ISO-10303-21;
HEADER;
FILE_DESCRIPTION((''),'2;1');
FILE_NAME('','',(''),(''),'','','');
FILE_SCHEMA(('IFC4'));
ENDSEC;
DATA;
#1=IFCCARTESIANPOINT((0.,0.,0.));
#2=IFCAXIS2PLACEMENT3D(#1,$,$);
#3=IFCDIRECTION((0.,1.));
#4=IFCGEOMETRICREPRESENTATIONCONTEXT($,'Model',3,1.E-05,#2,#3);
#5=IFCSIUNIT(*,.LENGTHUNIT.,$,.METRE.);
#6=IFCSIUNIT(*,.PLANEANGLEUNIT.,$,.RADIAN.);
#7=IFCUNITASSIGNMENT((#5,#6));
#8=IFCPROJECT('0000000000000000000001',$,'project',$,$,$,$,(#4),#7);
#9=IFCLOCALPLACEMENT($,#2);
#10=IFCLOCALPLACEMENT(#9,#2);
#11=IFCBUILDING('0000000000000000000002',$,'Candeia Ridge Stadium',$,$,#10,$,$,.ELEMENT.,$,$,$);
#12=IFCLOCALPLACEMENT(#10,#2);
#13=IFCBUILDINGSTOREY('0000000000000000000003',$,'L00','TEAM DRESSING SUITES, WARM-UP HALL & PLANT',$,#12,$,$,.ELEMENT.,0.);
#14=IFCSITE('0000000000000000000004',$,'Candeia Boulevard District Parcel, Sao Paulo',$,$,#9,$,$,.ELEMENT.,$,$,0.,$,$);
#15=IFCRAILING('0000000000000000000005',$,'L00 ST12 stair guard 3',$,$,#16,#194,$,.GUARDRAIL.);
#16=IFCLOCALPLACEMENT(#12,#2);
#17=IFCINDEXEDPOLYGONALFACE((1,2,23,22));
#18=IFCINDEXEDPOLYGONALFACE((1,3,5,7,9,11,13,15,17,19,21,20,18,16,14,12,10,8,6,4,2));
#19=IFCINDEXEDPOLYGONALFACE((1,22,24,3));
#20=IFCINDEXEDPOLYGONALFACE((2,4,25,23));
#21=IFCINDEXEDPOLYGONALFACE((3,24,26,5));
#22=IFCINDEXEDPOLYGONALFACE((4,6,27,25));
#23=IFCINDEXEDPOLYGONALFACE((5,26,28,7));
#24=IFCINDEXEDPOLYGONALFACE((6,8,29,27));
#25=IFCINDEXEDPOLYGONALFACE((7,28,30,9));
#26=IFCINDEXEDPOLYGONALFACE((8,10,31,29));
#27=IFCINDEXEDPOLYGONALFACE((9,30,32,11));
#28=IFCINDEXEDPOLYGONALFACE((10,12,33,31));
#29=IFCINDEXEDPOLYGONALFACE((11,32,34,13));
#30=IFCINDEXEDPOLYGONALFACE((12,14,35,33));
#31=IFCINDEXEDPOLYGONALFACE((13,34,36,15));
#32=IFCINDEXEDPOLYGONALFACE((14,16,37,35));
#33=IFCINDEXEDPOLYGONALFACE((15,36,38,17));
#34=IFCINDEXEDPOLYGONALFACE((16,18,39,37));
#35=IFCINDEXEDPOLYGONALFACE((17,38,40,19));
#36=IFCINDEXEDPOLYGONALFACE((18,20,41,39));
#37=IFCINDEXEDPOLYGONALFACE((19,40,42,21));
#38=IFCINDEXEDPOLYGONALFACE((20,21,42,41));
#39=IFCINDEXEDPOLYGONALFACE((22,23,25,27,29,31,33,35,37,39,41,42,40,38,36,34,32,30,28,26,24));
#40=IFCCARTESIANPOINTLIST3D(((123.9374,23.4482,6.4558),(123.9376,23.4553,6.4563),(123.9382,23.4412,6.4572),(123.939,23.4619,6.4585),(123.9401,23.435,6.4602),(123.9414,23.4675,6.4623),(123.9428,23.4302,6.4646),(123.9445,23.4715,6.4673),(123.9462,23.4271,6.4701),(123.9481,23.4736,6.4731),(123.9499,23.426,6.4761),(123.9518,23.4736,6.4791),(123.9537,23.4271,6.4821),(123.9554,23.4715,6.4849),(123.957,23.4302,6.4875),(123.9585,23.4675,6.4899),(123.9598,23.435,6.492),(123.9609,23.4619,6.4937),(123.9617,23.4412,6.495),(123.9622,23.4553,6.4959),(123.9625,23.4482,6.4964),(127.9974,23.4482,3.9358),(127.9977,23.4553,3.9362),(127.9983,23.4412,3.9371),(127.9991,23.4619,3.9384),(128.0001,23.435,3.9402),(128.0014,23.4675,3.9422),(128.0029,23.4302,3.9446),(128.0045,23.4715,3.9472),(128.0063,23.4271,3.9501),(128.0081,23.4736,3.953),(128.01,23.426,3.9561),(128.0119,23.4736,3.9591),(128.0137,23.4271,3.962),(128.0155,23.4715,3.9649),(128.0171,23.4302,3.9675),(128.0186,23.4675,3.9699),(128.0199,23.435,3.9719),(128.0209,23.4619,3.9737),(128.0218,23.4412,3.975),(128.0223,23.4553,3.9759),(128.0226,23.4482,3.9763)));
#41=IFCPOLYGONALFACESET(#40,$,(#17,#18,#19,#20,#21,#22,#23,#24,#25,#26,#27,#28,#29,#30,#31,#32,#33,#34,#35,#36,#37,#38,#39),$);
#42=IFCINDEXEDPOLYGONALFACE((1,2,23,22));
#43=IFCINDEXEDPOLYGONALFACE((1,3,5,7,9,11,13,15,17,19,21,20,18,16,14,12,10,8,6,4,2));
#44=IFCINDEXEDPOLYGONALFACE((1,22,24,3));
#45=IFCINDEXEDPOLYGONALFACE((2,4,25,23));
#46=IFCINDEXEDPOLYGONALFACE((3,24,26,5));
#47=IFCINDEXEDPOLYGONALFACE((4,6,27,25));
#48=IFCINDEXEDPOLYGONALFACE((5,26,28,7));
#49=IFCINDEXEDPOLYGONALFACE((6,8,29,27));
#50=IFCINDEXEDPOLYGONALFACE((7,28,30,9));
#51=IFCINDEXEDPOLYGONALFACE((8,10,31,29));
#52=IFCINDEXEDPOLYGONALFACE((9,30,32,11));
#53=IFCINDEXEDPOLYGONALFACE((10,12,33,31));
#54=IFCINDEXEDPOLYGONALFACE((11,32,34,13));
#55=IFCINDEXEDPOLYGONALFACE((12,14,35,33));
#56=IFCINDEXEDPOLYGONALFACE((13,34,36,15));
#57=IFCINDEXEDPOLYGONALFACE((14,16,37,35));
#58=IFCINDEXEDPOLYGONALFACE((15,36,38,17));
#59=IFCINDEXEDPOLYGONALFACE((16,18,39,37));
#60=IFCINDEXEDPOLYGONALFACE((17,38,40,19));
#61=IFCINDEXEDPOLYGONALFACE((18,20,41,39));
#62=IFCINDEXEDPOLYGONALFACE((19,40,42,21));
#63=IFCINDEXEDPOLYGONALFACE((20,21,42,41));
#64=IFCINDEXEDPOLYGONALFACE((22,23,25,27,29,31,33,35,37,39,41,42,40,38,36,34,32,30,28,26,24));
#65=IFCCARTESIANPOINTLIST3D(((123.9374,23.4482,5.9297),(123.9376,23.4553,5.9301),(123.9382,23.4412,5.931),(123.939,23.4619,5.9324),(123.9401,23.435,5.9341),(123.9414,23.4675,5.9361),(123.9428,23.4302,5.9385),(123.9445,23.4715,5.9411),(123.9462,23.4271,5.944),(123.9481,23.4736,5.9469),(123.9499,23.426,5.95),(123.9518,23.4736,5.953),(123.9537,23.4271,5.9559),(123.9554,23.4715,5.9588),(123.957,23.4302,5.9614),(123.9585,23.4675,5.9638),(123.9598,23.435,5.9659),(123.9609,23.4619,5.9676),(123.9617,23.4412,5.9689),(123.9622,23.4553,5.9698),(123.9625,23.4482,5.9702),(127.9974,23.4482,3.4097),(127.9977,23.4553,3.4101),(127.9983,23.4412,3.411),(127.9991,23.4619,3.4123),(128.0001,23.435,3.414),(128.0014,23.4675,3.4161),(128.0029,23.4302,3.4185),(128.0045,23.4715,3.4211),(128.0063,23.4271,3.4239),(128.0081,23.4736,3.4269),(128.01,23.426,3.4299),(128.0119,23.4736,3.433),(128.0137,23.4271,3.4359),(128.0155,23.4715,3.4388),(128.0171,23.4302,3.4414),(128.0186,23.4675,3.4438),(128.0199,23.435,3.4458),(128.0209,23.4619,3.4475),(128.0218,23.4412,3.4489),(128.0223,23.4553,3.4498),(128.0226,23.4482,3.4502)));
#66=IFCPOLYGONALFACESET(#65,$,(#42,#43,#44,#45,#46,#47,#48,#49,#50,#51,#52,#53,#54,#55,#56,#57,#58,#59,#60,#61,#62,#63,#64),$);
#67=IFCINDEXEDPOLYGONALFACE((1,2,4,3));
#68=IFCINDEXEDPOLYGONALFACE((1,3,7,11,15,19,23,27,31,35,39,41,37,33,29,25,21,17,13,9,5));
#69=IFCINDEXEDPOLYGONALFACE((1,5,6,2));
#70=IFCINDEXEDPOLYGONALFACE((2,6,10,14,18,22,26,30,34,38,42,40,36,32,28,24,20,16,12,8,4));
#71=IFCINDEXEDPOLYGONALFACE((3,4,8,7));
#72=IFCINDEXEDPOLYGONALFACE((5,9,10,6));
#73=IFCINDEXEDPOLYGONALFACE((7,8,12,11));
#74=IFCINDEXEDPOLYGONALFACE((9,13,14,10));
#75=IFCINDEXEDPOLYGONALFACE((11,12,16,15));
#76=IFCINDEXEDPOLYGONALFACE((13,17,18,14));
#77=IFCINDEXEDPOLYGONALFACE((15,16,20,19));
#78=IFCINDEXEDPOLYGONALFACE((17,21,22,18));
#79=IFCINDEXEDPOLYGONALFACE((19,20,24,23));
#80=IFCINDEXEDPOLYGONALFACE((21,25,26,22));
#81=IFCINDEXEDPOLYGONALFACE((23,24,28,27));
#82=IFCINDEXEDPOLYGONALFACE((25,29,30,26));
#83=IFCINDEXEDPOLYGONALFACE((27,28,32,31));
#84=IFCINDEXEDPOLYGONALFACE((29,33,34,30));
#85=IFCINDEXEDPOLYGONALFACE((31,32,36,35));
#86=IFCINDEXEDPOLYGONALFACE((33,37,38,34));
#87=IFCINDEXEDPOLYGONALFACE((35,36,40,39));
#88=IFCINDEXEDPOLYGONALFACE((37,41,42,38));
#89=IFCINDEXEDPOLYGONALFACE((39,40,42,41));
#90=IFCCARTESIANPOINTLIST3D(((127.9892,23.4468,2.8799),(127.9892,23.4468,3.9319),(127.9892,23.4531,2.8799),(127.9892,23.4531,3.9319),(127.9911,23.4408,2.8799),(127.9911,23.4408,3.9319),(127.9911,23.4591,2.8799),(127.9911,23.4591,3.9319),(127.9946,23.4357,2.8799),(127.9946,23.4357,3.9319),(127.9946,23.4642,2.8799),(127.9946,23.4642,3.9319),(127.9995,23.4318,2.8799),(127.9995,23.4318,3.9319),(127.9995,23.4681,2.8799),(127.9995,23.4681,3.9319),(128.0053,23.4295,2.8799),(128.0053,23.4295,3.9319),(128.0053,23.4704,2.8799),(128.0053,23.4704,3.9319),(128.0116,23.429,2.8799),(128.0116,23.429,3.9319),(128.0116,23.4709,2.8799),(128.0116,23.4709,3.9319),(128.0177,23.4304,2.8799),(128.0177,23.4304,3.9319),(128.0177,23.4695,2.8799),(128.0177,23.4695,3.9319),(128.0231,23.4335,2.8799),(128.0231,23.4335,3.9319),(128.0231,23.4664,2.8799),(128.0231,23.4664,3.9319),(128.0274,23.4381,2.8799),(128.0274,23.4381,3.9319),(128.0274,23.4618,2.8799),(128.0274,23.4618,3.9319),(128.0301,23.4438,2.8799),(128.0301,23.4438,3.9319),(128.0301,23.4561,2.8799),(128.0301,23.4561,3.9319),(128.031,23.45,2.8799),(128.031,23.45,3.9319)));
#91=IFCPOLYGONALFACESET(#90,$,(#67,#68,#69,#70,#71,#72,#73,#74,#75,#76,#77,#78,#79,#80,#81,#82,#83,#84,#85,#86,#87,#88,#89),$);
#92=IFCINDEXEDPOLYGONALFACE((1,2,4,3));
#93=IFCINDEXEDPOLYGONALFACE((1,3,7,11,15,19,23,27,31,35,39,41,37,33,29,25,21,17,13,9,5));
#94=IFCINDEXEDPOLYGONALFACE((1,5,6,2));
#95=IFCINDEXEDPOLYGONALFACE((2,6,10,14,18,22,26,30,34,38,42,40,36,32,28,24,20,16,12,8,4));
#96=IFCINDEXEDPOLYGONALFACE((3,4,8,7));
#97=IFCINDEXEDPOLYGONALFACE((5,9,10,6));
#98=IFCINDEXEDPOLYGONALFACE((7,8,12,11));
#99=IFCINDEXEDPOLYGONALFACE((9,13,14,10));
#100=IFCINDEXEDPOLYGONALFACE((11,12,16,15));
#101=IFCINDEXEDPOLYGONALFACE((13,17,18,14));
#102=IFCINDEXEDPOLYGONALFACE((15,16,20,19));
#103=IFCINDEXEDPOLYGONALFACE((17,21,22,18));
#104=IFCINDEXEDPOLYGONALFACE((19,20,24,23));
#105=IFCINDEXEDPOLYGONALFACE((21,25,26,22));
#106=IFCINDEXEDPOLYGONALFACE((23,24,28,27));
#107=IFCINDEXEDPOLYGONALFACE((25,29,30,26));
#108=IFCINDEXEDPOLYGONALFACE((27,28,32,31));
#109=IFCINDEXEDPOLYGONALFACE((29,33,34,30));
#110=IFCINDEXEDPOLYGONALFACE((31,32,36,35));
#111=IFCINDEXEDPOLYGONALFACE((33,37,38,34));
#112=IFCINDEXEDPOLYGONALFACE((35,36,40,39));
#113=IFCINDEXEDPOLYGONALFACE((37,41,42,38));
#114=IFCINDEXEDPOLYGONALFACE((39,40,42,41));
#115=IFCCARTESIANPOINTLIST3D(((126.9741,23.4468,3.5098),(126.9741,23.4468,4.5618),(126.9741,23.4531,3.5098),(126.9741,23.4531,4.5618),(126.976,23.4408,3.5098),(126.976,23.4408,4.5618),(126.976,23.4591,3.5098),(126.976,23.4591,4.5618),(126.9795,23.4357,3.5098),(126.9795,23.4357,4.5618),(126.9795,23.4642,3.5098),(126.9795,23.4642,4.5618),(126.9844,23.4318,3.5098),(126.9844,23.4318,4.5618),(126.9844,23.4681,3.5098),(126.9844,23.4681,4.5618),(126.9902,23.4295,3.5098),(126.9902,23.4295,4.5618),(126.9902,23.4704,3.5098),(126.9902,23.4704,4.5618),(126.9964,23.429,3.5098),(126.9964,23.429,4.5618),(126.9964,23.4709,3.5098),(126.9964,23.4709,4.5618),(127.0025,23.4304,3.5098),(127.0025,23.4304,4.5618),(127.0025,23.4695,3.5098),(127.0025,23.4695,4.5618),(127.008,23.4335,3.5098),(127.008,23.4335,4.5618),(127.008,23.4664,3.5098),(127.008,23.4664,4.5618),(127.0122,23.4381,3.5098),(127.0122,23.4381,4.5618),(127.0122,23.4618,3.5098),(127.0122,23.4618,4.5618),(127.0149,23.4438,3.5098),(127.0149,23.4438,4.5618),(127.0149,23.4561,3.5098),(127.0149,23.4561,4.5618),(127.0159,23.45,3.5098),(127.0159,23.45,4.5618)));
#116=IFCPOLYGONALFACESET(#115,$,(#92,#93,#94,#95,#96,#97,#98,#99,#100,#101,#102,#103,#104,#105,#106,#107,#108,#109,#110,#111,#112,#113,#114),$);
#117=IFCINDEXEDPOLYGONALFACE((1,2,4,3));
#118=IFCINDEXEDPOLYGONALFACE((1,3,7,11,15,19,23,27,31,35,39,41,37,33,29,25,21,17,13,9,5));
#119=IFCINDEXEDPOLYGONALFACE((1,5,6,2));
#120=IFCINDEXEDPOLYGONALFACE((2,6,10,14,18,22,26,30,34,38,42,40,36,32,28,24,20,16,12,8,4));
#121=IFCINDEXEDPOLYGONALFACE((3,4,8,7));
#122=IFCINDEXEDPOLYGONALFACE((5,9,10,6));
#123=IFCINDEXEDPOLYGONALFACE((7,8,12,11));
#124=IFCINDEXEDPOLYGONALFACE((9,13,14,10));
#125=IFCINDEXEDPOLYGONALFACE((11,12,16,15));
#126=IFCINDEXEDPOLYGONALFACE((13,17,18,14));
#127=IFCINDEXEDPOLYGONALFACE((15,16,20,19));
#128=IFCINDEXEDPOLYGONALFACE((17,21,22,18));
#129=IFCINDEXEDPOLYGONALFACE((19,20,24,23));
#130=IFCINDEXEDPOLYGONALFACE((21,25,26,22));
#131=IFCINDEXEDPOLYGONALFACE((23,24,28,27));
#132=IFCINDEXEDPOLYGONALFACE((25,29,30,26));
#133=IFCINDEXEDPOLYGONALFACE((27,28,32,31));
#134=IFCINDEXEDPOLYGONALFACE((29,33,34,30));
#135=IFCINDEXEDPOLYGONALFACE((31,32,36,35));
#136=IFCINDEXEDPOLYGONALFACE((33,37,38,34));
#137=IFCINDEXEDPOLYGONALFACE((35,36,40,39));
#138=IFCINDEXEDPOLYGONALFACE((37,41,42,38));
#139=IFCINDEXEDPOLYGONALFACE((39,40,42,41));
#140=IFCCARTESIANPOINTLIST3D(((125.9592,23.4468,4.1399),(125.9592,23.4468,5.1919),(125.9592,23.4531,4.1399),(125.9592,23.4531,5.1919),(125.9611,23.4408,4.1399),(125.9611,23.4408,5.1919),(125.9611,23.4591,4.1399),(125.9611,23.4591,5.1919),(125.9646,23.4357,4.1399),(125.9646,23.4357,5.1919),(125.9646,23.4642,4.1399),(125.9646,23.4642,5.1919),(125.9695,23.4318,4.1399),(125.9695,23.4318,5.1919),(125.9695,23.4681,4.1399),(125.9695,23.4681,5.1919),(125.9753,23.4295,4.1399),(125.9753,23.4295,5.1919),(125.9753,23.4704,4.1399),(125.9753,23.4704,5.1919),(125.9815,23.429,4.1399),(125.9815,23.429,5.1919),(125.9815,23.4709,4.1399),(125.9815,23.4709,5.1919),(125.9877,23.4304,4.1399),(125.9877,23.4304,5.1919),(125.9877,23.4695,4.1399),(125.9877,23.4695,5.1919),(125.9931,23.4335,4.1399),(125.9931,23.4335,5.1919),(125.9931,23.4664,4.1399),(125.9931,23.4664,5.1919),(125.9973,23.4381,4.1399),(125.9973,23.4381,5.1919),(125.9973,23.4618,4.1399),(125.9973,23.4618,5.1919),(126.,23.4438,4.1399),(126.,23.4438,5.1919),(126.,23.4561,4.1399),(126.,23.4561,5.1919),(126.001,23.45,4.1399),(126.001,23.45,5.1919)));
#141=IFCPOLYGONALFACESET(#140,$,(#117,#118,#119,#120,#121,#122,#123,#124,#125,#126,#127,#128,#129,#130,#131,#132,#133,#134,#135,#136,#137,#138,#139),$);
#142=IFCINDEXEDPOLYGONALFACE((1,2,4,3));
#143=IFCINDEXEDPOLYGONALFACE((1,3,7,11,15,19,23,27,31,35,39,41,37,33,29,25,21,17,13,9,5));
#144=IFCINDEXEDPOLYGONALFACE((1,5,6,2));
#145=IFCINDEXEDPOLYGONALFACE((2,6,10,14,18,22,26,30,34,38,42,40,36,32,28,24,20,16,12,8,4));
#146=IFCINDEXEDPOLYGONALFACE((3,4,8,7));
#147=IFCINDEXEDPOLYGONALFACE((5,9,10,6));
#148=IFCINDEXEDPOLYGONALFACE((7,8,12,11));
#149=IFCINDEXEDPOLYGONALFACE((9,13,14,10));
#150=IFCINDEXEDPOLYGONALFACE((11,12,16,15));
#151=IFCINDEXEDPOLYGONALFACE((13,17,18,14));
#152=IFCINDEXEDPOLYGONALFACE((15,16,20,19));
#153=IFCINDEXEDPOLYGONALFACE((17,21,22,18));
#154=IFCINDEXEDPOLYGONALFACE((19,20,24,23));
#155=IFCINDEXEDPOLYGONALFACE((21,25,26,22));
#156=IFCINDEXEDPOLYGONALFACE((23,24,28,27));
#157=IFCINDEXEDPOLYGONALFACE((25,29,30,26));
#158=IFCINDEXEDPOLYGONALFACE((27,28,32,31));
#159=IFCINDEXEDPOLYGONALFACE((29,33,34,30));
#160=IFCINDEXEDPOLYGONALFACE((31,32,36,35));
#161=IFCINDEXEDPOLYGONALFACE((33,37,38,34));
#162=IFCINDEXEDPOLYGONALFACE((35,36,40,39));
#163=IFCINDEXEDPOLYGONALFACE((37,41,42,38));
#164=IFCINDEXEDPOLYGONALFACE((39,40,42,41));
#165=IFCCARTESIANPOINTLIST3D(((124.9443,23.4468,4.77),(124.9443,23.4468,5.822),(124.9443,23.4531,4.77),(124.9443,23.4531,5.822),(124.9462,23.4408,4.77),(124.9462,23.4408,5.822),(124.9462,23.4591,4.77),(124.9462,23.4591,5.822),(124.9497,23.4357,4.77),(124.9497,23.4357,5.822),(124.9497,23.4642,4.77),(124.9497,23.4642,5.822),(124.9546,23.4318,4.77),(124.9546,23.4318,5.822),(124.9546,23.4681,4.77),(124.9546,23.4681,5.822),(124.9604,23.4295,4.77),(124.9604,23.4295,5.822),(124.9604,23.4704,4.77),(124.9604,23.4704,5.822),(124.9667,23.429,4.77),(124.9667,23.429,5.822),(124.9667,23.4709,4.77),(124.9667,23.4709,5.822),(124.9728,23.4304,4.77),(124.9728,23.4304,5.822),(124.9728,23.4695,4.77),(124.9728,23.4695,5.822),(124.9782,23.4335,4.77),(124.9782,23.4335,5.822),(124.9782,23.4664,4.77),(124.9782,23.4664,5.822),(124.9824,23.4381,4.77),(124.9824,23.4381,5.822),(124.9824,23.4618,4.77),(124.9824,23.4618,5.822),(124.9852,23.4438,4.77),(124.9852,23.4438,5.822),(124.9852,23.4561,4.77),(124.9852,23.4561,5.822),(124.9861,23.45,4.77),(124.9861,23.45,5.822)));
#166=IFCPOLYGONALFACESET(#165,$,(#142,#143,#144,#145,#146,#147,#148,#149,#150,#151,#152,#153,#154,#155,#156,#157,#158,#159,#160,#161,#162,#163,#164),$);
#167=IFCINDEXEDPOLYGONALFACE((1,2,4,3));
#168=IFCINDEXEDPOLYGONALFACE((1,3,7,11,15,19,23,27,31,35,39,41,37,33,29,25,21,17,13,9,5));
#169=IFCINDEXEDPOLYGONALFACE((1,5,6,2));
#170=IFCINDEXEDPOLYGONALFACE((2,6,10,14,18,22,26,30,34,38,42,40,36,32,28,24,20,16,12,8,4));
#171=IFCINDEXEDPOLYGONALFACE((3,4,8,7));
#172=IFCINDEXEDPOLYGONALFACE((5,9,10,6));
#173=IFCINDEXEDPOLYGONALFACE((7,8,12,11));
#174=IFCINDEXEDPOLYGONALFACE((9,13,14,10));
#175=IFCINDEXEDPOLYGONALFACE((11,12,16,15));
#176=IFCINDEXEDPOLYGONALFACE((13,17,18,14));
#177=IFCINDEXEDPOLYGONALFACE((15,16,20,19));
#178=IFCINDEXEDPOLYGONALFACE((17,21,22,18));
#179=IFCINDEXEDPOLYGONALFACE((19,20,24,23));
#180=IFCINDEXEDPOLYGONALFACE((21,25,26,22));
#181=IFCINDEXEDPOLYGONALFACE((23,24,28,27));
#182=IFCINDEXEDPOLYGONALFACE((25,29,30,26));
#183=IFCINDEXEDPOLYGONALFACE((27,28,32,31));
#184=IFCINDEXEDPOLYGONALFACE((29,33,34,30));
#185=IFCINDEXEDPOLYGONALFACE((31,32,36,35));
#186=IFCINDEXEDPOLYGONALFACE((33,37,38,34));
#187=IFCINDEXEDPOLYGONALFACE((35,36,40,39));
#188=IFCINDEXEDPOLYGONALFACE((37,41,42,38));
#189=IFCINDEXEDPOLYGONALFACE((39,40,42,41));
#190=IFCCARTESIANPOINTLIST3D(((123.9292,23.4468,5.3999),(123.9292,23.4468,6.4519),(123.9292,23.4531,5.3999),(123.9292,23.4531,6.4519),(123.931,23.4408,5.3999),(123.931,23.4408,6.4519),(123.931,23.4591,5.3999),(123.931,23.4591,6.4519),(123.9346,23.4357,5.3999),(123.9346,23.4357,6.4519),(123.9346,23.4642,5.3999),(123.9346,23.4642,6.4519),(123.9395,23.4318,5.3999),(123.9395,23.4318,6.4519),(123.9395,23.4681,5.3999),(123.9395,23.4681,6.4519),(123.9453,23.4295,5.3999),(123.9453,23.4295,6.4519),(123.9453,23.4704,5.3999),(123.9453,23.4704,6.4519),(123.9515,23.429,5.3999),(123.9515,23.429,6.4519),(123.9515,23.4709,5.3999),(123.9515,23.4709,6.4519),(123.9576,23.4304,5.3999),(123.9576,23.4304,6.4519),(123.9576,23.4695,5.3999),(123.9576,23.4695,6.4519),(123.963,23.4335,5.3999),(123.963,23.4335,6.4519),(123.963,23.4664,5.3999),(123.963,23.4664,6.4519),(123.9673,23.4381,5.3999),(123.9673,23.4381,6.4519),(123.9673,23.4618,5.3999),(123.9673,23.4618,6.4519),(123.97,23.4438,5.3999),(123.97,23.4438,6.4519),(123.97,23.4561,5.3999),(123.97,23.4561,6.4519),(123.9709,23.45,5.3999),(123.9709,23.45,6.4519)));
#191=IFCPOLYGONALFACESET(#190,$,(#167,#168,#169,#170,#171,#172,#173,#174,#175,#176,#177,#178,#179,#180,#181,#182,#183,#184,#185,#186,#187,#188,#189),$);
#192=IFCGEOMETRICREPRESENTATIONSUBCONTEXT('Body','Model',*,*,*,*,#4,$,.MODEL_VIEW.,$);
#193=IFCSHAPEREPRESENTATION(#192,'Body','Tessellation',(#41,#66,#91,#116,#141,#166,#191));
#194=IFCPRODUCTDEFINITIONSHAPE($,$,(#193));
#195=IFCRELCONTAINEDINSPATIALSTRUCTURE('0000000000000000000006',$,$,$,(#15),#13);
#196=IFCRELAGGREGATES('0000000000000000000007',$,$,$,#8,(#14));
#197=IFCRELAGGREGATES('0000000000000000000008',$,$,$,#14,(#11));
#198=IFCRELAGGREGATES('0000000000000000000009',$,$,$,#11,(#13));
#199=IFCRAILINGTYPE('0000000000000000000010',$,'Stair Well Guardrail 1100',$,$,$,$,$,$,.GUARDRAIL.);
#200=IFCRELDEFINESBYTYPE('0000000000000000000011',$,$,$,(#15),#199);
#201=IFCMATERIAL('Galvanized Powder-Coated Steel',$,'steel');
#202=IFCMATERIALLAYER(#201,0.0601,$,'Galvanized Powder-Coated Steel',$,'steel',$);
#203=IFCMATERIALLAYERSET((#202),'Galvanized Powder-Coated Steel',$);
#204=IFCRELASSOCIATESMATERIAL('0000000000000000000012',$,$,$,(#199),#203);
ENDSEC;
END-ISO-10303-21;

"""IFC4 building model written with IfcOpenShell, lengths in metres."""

from ifc_helpers import new_model, si_unit, direction, frame, origin, origin_2d, place, context, subcontext, project, spatial, circle, extrude, material, layer, layer_set, type_object, element, save


model = new_model("IFC4")

# Units and contexts
model_context = context("Model", 3, precision=1e-05, world=origin(), true_north=direction((0.0, 1.0)))
body_context = subcontext(model_context, "Body", "Model", "MODEL_VIEW")
ifc_project = project(units=[si_unit("LENGTHUNIT", "METRE"), si_unit("PLANEANGLEUNIT", "RADIAN")], contexts=[model_context])

# Site, building, storey
site_placement = place(None, origin())
site = spatial("IfcSite", under=ifc_project, at=site_placement, Name="Candeia Boulevard District Parcel, Sao Paulo", CompositionType="ELEMENT", RefElevation=0.0)
building_placement = place(site_placement, origin())
building = spatial("IfcBuilding", under=site, at=building_placement, Name="Candeia Ridge Stadium", CompositionType="ELEMENT")
storey_placement = place(building_placement, origin())
storey = spatial("IfcBuildingStorey", under=building, at=storey_placement, Name="L00", Description="TEAM DRESSING SUITES, WARM-UP HALL & PLANT", CompositionType="ELEMENT", Elevation=0.0)

# Railing
ifc_material_1 = material(Name="Galvanized Powder-Coated Steel", Category="steel")
ifc_layer_1 = layer(ifc_material_1, 0.0601, Name="Galvanized Powder-Coated Steel", Category="steel")
ifc_layer_set_1 = layer_set([ifc_layer_1], Name="Galvanized Powder-Coated Steel")
railing_type_1 = type_object("IfcRailingType", Name="Stair Well Guardrail 1100", PredefinedType="GUARDRAIL", material=ifc_layer_set_1)
railing_1_placement = place(storey_placement, frame((128.01, 23.45, 2.8799)))
element("IfcRailing", 1, at=railing_1_placement, inside=storey, type_object=railing_type_1, Name="L00 ST12 stair guard 3", PredefinedType="GUARDRAIL", context=body_context, shape_type="SweptSolid", body=[
    extrude(circle(Radius=0.0239, at=origin_2d()), frame((0.0, 0.0, 1.0762), z_axis=(-0.849642, 0.0, 0.52736), x_axis=(0.0, -1.0, 0.0)), (0.0, 0.0, 1.0), 4.7786),
    extrude(circle(Radius=0.0239, at=origin_2d()), frame((0.0, 0.0, 0.55), z_axis=(-0.849642, 0.0, 0.52736), x_axis=(0.0, -1.0, 0.0)), (0.0, 0.0, 1.0), 4.7786),
    extrude(circle(Radius=0.021, at=origin_2d()), origin(), (0.0, 0.0, 1.0), 1.052),
    extrude(circle(Radius=0.021, at=origin_2d()), frame((-1.0151, 0.0, 0.6299)), (0.0, 0.0, 1.0), 1.052),
    extrude(circle(Radius=0.021, at=origin_2d()), frame((-2.03, 0.0, 1.26)), (0.0, 0.0, 1.0), 1.052),
    extrude(circle(Radius=0.021, at=origin_2d()), frame((-3.0449, 0.0, 1.8901)), (0.0, 0.0, 1.0), 1.052),
    extrude(circle(Radius=0.021, at=origin_2d()), frame((-4.0601, 0.0, 2.52)), (0.0, 0.0, 1.0), 1.052),
])

save(model, "model.ifc")
